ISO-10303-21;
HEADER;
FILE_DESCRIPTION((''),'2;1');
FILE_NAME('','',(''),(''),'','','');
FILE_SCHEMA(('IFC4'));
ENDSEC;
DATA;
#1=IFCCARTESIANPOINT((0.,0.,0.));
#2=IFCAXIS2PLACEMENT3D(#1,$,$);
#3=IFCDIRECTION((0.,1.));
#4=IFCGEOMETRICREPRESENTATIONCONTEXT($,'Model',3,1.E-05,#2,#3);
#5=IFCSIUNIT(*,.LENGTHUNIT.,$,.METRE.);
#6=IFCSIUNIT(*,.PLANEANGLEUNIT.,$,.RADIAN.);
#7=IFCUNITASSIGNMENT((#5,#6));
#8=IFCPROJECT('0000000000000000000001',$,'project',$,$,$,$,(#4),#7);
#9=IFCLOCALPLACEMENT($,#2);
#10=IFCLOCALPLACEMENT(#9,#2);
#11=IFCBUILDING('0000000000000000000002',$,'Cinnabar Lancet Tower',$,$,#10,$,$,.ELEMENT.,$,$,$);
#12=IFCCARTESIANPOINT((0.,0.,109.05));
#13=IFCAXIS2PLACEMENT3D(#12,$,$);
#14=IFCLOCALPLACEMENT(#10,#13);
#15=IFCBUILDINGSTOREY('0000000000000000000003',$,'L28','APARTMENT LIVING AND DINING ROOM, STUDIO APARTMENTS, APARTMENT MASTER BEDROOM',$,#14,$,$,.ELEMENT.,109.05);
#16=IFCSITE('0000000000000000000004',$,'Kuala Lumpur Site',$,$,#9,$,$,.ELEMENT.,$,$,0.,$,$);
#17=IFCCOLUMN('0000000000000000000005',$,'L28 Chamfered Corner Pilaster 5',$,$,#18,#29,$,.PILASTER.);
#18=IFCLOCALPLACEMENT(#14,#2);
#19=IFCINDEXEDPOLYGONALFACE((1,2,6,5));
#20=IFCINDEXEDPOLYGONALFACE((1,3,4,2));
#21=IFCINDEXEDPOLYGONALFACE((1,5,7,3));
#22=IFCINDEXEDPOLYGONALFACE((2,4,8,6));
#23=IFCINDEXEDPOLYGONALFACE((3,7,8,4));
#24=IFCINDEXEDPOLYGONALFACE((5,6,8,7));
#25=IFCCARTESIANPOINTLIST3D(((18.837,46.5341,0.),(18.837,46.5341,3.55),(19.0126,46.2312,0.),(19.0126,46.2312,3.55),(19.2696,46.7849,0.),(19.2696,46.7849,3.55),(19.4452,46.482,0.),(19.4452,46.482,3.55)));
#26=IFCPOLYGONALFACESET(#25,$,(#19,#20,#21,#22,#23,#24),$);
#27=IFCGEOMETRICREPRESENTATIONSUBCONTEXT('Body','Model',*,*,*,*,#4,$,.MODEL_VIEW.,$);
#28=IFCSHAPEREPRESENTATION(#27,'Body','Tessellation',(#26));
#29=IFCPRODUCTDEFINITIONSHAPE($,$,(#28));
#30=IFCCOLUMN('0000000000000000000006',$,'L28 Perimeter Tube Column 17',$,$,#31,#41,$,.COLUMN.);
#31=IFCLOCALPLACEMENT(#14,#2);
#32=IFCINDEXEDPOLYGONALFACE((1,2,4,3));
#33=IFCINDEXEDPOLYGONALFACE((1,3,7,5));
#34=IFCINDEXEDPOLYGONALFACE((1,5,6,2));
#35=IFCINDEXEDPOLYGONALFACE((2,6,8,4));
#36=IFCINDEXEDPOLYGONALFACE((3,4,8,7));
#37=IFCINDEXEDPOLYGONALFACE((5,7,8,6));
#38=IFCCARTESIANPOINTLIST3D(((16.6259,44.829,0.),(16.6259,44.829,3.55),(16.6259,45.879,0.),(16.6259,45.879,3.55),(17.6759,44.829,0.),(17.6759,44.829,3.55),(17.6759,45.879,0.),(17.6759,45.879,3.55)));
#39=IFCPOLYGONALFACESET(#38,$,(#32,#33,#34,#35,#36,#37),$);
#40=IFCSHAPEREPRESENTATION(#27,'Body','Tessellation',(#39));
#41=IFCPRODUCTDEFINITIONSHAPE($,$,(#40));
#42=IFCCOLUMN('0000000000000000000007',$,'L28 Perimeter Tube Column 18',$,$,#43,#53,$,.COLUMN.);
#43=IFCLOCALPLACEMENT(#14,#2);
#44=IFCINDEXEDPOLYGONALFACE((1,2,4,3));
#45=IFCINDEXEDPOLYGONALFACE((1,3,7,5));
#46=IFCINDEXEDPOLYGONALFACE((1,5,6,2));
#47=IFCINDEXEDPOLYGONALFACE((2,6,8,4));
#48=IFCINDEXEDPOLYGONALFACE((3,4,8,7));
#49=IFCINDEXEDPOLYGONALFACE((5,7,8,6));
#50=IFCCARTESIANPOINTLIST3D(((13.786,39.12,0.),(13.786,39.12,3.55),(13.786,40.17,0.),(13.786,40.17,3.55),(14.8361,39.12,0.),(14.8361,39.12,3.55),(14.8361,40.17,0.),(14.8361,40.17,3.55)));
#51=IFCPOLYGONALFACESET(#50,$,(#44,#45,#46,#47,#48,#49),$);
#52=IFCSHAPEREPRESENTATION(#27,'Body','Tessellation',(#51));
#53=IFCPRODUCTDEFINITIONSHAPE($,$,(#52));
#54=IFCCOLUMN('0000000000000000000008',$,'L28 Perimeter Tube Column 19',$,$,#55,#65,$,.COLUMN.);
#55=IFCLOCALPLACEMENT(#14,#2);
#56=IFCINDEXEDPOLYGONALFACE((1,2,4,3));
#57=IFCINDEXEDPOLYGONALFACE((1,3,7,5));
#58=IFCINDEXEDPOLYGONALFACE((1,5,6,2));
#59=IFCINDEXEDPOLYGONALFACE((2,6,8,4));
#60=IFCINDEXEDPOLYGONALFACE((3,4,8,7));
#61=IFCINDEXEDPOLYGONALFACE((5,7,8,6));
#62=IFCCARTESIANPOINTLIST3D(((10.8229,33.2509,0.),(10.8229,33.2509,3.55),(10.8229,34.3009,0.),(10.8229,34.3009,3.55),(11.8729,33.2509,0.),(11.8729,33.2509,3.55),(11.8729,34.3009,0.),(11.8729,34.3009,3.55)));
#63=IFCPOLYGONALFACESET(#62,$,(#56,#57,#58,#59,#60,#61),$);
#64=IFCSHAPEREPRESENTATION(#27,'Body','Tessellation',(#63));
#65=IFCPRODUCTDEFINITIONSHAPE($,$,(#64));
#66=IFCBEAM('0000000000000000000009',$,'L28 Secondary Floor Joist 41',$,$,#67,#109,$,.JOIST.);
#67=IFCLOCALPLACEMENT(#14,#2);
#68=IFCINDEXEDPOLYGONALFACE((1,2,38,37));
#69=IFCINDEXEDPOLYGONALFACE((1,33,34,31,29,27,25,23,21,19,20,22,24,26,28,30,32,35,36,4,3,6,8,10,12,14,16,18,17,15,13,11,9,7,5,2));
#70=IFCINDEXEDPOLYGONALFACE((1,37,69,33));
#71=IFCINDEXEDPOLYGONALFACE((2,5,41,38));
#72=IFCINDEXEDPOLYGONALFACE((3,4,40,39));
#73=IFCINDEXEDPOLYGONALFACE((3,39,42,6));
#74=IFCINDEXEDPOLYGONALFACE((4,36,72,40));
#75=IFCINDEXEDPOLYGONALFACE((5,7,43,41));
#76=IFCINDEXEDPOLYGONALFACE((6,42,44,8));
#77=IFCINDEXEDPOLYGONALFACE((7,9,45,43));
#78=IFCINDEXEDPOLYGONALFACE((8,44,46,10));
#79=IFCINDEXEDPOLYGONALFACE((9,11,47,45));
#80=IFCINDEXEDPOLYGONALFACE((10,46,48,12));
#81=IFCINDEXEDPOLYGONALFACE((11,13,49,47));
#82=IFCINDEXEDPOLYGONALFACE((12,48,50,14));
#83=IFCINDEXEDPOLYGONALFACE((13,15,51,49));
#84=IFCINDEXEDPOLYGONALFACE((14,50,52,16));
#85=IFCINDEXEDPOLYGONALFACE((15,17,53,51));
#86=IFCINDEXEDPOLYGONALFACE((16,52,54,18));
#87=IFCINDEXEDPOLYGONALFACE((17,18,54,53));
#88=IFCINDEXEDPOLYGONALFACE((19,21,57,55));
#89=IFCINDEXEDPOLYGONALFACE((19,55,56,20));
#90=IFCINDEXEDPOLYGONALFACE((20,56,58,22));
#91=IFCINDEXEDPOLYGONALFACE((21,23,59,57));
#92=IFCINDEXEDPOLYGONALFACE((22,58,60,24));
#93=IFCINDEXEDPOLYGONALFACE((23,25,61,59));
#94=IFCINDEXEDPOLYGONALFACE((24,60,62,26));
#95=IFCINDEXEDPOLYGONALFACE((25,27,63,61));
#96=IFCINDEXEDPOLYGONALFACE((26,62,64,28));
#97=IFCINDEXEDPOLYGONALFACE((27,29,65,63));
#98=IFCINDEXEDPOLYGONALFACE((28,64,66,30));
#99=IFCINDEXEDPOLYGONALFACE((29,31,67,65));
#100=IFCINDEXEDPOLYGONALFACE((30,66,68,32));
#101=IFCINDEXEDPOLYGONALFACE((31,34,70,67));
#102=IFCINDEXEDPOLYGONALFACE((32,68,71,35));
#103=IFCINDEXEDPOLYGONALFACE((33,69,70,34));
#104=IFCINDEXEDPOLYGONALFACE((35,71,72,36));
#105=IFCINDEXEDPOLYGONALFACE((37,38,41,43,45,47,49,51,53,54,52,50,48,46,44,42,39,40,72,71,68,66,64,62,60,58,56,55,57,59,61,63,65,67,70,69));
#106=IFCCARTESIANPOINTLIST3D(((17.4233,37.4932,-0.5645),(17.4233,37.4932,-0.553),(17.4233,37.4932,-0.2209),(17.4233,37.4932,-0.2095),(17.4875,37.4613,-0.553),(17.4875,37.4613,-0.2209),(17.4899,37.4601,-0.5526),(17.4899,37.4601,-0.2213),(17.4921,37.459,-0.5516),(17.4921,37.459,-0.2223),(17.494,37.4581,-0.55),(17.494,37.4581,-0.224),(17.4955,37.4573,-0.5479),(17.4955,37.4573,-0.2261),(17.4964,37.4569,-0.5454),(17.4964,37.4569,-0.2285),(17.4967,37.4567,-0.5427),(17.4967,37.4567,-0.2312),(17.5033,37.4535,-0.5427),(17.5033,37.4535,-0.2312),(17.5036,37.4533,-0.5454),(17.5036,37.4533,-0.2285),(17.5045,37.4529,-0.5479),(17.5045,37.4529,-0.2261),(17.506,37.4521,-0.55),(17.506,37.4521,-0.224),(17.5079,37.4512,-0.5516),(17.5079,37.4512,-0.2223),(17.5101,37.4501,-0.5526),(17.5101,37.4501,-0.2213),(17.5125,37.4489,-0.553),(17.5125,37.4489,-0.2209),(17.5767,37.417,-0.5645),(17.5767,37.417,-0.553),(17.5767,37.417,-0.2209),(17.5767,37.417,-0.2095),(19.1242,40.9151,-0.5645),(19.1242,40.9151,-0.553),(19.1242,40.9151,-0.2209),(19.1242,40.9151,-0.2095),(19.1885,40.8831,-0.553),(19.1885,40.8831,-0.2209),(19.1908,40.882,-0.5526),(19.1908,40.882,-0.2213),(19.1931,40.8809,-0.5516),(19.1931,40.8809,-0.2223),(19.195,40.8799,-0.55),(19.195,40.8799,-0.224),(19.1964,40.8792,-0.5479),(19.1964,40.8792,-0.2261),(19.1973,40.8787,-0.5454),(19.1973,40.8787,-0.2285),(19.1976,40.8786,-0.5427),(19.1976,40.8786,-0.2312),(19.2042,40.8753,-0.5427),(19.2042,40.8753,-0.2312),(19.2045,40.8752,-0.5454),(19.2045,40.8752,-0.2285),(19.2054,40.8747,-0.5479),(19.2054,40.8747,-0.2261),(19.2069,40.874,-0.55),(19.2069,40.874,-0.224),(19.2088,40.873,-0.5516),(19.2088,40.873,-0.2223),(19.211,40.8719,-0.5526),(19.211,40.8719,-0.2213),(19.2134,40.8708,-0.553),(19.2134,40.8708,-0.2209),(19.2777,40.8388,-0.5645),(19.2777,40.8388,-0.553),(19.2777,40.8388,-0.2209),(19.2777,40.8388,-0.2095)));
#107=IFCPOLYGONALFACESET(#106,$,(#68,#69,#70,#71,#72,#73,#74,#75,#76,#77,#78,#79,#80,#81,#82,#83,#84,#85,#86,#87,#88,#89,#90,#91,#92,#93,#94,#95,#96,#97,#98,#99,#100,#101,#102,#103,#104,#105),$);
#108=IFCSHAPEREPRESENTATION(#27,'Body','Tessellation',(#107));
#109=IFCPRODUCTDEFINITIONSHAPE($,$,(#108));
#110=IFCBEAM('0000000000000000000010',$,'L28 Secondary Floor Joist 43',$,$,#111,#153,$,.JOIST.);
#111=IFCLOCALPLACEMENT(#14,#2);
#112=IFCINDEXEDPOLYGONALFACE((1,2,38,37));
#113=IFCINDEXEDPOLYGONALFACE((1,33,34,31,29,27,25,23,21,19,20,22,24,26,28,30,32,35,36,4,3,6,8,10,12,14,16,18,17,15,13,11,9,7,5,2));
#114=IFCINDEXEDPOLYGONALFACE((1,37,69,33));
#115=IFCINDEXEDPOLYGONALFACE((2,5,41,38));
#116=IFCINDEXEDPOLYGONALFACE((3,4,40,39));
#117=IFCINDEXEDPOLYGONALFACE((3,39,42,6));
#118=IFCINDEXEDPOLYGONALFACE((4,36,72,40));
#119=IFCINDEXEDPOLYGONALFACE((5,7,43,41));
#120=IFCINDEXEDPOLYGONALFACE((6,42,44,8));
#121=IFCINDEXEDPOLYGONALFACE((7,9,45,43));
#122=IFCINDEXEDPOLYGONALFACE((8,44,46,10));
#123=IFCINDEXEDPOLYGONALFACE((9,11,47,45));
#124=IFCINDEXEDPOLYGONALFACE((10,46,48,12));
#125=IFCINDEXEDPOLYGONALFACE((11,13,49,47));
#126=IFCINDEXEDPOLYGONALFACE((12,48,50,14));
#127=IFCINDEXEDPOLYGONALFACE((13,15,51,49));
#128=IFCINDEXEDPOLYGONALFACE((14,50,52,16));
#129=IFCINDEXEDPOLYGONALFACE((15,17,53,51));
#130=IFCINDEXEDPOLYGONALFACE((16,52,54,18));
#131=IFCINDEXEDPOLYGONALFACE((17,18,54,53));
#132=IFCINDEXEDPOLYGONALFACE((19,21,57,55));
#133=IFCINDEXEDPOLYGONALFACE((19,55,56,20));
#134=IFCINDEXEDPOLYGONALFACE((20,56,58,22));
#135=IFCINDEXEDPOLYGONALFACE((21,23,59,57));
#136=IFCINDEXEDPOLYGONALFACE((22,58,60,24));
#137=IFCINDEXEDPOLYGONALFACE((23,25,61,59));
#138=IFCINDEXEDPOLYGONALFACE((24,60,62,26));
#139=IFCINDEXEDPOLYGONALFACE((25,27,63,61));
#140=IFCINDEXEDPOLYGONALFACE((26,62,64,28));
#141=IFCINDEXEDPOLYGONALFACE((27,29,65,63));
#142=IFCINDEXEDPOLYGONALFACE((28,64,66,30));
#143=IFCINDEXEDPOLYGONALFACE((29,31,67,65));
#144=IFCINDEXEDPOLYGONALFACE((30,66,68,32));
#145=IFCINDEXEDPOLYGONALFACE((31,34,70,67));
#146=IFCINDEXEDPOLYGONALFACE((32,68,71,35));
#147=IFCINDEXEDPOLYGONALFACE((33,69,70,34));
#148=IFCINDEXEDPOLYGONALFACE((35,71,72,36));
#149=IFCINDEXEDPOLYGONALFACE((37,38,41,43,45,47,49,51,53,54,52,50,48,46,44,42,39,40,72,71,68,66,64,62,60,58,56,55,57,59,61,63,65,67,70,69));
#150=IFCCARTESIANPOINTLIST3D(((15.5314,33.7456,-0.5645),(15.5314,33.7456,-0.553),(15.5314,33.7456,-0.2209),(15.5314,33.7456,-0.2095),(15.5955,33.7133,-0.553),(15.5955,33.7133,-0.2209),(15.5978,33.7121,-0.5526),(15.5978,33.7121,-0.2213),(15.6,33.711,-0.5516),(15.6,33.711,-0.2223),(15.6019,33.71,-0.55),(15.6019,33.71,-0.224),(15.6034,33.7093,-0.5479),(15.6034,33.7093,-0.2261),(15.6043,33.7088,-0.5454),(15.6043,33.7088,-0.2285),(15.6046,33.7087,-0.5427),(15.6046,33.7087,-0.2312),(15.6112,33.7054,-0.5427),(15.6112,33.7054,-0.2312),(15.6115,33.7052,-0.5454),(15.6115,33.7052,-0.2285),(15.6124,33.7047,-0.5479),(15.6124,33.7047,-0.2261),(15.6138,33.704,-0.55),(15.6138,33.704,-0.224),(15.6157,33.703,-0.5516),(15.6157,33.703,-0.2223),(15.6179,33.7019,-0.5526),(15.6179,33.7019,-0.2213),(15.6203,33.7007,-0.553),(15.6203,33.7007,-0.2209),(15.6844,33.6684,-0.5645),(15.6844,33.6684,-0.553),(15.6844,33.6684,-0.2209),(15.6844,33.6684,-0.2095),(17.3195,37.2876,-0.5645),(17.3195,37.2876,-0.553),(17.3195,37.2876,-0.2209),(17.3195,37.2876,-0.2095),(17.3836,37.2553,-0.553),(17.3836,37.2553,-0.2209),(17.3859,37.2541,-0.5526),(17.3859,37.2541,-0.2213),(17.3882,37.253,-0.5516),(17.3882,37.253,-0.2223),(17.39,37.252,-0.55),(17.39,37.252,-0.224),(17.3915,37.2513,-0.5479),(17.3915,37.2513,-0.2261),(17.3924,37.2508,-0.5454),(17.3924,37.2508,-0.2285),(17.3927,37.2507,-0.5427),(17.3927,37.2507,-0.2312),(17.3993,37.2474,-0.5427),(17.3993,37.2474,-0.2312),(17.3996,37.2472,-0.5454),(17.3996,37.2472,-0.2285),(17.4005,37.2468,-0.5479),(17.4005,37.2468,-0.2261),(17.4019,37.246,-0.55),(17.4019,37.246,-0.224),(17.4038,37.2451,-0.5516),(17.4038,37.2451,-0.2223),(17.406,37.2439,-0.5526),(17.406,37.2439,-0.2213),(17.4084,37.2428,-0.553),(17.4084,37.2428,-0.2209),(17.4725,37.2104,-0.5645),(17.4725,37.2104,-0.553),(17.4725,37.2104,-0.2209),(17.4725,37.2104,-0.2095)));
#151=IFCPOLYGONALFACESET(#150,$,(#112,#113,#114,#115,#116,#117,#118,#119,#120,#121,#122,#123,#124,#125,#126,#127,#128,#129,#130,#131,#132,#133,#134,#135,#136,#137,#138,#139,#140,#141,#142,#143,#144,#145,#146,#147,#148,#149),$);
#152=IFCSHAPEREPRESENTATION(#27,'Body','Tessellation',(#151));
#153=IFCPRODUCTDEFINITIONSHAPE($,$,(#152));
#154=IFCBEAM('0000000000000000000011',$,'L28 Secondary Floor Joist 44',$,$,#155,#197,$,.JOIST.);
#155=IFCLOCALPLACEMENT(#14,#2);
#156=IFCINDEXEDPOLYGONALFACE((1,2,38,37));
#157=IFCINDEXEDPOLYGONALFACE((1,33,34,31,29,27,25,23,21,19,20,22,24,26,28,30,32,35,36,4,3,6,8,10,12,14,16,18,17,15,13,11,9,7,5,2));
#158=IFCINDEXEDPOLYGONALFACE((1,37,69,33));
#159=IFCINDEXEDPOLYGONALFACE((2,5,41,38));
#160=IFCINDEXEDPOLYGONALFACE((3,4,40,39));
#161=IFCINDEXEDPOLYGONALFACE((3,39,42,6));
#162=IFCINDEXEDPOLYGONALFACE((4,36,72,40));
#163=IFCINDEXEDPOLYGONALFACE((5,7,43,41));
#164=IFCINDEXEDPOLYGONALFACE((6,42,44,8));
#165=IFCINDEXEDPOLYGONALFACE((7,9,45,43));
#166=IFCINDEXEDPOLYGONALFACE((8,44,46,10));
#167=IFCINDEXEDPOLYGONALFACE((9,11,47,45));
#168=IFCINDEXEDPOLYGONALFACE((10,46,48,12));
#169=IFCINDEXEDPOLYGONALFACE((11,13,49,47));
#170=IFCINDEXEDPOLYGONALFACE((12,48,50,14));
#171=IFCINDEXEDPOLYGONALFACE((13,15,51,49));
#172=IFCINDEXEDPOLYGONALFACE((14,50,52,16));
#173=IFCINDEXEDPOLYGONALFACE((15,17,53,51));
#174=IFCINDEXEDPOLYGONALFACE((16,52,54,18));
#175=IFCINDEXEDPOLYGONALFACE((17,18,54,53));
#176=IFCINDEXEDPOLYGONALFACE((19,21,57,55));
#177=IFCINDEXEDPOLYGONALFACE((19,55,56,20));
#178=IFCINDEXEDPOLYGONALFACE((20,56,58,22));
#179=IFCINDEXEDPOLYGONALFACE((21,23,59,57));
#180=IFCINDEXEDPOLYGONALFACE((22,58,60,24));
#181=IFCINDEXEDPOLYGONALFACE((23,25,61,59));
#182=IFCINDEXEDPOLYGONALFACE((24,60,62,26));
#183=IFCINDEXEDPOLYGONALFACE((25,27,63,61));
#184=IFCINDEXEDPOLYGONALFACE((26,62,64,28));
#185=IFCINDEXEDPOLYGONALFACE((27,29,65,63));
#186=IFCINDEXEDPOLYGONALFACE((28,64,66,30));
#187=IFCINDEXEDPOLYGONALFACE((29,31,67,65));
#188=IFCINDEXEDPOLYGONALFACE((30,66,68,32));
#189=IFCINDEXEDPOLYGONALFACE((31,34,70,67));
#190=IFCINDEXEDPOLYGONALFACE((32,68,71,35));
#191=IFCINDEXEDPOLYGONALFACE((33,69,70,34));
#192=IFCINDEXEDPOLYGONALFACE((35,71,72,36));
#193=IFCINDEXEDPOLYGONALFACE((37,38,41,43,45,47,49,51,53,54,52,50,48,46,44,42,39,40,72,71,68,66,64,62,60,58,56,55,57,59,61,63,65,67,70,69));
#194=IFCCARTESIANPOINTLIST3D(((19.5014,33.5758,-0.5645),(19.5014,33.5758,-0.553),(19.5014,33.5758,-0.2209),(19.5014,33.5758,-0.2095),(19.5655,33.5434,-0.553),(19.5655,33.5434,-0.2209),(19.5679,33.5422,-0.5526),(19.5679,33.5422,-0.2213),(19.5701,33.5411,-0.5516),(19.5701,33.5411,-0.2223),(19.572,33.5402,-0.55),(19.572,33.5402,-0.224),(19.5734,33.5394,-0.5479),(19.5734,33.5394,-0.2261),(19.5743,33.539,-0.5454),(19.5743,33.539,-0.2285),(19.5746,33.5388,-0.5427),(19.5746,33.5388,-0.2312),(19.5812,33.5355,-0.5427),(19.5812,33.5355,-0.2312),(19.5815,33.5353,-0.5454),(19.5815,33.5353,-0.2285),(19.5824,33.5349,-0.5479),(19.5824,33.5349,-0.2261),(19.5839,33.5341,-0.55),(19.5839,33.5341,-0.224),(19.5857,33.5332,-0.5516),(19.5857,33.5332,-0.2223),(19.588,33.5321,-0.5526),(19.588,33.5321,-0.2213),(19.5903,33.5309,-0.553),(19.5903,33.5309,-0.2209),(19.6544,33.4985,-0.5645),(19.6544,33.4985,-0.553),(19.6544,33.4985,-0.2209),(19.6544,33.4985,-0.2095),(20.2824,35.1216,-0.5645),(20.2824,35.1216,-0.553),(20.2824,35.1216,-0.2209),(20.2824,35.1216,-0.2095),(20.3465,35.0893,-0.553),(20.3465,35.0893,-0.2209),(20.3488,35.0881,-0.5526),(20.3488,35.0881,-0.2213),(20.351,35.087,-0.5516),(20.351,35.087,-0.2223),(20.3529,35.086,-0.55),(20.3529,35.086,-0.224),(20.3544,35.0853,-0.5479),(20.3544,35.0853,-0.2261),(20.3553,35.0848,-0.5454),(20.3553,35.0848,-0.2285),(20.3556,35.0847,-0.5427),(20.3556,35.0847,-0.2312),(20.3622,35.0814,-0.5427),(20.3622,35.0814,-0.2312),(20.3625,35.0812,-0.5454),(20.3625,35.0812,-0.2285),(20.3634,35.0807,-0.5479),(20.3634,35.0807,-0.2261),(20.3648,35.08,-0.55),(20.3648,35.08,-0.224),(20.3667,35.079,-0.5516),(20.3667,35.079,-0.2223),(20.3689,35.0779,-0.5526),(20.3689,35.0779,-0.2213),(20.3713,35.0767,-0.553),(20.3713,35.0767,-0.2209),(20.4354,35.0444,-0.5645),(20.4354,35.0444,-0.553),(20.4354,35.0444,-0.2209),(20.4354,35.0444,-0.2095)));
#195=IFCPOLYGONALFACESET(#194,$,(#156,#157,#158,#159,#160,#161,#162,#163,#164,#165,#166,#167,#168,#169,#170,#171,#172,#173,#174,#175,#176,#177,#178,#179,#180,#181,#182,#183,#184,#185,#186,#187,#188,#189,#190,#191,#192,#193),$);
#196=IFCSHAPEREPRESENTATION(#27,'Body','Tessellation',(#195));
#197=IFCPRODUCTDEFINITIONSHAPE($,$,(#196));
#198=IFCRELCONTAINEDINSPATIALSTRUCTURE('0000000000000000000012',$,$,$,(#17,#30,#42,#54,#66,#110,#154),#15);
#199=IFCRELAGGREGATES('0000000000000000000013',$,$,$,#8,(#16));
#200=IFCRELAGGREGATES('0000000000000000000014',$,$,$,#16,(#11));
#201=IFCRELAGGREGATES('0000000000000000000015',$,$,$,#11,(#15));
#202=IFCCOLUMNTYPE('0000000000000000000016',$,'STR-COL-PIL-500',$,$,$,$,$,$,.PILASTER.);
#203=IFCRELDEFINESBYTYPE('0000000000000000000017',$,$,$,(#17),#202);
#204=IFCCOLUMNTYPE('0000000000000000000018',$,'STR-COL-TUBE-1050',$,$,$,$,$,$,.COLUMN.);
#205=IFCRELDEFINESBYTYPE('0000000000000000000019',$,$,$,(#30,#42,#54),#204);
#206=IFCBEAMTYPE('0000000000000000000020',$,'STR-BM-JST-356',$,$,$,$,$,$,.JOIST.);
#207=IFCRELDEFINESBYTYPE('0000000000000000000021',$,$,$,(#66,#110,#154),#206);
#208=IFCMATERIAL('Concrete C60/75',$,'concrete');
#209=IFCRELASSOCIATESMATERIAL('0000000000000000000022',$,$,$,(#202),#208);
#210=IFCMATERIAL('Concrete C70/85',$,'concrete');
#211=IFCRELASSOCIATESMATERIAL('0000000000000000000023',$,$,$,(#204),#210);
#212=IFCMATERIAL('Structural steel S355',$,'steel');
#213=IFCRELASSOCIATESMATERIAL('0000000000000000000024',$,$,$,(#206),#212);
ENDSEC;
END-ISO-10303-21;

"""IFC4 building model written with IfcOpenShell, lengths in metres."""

from ifc_helpers import new_model, si_unit, direction, frame, origin, origin_2d, place, context, subcontext, project, spatial, rectangle, i_section, extrude, material, material_profile, profile_set, type_object, element, save


model = new_model("IFC4")

# Units and contexts
model_context = context("Model", 3, precision=1e-05, world=origin(), true_north=direction((0.0, 1.0)))
body_context = subcontext(model_context, "Body", "Model", "MODEL_VIEW")
ifc_project = project(units=[si_unit("LENGTHUNIT", "METRE"), si_unit("PLANEANGLEUNIT", "RADIAN")], contexts=[model_context])

# Site, building, storey
site_placement = place(None, origin())
site = spatial("IfcSite", under=ifc_project, at=site_placement, Name="Kuala Lumpur Site", CompositionType="ELEMENT", RefElevation=0.0)
building_placement = place(site_placement, origin())
building = spatial("IfcBuilding", under=site, at=building_placement, Name="Cinnabar Lancet Tower", CompositionType="ELEMENT")
storey_placement = place(building_placement, frame((0.0, 0.0, 109.05)))
storey = spatial("IfcBuildingStorey", under=building, at=storey_placement, Name="L28", Description="APARTMENT LIVING AND DINING ROOM, STUDIO APARTMENTS, APARTMENT MASTER BEDROOM", CompositionType="ELEMENT", Elevation=109.05)

# Columns
ifc_material_1 = material(Name="Concrete C60/75", Category="concrete")
ifc_material_profile_1 = material_profile(ifc_material_1, rectangle(XDim=0.5, YDim=0.3501, at=origin_2d()), Name="RC-PIL 500x350")
ifc_profile_set_1 = profile_set([ifc_material_profile_1], Name="Concrete C60/75")
column_type_1 = type_object("IfcColumnType", Name="STR-COL-PIL-500", PredefinedType="PILASTER", material=ifc_profile_set_1)
column_placement = place(storey_placement, frame((19.1411, 46.5081, 0.0), z_axis=(0.0, 0.0, 1.0), x_axis=(-0.86516, -0.501496, 0.0)))
element("IfcColumn", 1, at=column_placement, inside=storey, type_object=column_type_1, Name="L28 Chamfered Corner Pilaster 5", PredefinedType="PILASTER", context=body_context, shape_type="SweptSolid", body=[
    extrude(rectangle(XDim=0.5, YDim=0.3501, at=origin_2d()), origin(), (0.0, 0.0, 1.0), 3.55),
])
ifc_material_2 = material(Name="Concrete C70/85", Category="concrete")
ifc_material_profile_2 = material_profile(ifc_material_2, rectangle(XDim=1.05, YDim=1.05, at=origin_2d()), Name="RC-COL 1050x1050")
ifc_profile_set_2 = profile_set([ifc_material_profile_2], Name="Concrete C70/85")
column_type_2 = type_object("IfcColumnType", Name="STR-COL-TUBE-1050", PredefinedType="COLUMN", material=ifc_profile_set_2)
for number, where, z_axis, x_axis, name in (
    (2, (17.1509, 45.354, 0.0), (0.0, 0.0, 1.0), (1.0, 0.0, 0.0), "L28 Perimeter Tube Column 17"),
    (3, (14.311, 39.645, 0.0), (0.0, 0.0, 1.0), (1.0, 0.0, 0.0), "L28 Perimeter Tube Column 18"),
    (4, (11.3479, 33.7759, 0.0), (0.0, 0.0, 1.0), (1.0, 0.0, 0.0), "L28 Perimeter Tube Column 19"),
):
    element("IfcColumn", number, at=place(storey_placement, frame(where, z_axis=z_axis, x_axis=x_axis)), inside=storey, type_object=column_type_2, Name=name, PredefinedType="COLUMN", context=body_context, shape_type="SweptSolid", body=[
        extrude(rectangle(XDim=1.05, YDim=1.05, at=origin_2d()), origin(), (0.0, 0.0, 1.0), 3.55),
    ])

# Beams
ifc_material_3 = material(Name="Structural steel S355", Category="steel")
ifc_material_profile_3 = material_profile(ifc_material_3, i_section(OverallWidth=0.1714, OverallDepth=0.355, WebThickness=0.0073, FlangeThickness=0.0115, FilletRadius=0.0103, at=origin_2d()), Name="UKB 356x171x51")
ifc_profile_set_3 = profile_set([ifc_material_profile_3], Name="Structural steel S355")
beam_type_1 = type_object("IfcBeamType", Name="STR-BM-JST-356", PredefinedType="JOIST", material=ifc_profile_set_3)
beam_1_placement = place(storey_placement, frame((19.2009, 40.877, -0.387), z_axis=(-0.445117, -0.895473, 0.0), x_axis=(0.895473, -0.445117, 0.0)))
element("IfcBeam", 5, at=beam_1_placement, inside=storey, type_object=beam_type_1, Name="L28 Secondary Floor Joist 41", PredefinedType="JOIST", context=body_context, shape_type="SweptSolid", body=[
    extrude(i_section(OverallWidth=0.1714, OverallDepth=0.355, WebThickness=0.0073, FlangeThickness=0.0115, FilletRadius=0.0103, at=origin_2d()), origin(), (0.0, 0.0, 1.0), 3.8213),
])
beam_2_placement = place(storey_placement, frame((17.396, 37.249, -0.387), z_axis=(-0.450656, -0.892698, 0.0), x_axis=(0.892698, -0.450656, 0.0)))
element("IfcBeam", 6, at=beam_2_placement, inside=storey, type_object=beam_type_1, Name="L28 Secondary Floor Joist 43", PredefinedType="JOIST", context=body_context, shape_type="SweptSolid", body=[
    extrude(i_section(OverallWidth=0.1714, OverallDepth=0.355, WebThickness=0.0073, FlangeThickness=0.0115, FilletRadius=0.0103, at=origin_2d()), origin(), (0.0, 0.0, 1.0), 3.9678),
])
beam_3_placement = place(storey_placement, frame((20.3589, 35.083, -0.387), z_axis=(-0.450931, -0.892559, 0.0), x_axis=(0.892559, -0.450931, 0.0)))
element("IfcBeam", 7, at=beam_3_placement, inside=storey, type_object=beam_type_1, Name="L28 Secondary Floor Joist 44", PredefinedType="JOIST", context=body_context, shape_type="SweptSolid", body=[
    extrude(i_section(OverallWidth=0.1714, OverallDepth=0.355, WebThickness=0.0073, FlangeThickness=0.0115, FilletRadius=0.0103, at=origin_2d()), origin(), (0.0, 0.0, 1.0), 1.7319),
])

save(model, "model.ifc")
